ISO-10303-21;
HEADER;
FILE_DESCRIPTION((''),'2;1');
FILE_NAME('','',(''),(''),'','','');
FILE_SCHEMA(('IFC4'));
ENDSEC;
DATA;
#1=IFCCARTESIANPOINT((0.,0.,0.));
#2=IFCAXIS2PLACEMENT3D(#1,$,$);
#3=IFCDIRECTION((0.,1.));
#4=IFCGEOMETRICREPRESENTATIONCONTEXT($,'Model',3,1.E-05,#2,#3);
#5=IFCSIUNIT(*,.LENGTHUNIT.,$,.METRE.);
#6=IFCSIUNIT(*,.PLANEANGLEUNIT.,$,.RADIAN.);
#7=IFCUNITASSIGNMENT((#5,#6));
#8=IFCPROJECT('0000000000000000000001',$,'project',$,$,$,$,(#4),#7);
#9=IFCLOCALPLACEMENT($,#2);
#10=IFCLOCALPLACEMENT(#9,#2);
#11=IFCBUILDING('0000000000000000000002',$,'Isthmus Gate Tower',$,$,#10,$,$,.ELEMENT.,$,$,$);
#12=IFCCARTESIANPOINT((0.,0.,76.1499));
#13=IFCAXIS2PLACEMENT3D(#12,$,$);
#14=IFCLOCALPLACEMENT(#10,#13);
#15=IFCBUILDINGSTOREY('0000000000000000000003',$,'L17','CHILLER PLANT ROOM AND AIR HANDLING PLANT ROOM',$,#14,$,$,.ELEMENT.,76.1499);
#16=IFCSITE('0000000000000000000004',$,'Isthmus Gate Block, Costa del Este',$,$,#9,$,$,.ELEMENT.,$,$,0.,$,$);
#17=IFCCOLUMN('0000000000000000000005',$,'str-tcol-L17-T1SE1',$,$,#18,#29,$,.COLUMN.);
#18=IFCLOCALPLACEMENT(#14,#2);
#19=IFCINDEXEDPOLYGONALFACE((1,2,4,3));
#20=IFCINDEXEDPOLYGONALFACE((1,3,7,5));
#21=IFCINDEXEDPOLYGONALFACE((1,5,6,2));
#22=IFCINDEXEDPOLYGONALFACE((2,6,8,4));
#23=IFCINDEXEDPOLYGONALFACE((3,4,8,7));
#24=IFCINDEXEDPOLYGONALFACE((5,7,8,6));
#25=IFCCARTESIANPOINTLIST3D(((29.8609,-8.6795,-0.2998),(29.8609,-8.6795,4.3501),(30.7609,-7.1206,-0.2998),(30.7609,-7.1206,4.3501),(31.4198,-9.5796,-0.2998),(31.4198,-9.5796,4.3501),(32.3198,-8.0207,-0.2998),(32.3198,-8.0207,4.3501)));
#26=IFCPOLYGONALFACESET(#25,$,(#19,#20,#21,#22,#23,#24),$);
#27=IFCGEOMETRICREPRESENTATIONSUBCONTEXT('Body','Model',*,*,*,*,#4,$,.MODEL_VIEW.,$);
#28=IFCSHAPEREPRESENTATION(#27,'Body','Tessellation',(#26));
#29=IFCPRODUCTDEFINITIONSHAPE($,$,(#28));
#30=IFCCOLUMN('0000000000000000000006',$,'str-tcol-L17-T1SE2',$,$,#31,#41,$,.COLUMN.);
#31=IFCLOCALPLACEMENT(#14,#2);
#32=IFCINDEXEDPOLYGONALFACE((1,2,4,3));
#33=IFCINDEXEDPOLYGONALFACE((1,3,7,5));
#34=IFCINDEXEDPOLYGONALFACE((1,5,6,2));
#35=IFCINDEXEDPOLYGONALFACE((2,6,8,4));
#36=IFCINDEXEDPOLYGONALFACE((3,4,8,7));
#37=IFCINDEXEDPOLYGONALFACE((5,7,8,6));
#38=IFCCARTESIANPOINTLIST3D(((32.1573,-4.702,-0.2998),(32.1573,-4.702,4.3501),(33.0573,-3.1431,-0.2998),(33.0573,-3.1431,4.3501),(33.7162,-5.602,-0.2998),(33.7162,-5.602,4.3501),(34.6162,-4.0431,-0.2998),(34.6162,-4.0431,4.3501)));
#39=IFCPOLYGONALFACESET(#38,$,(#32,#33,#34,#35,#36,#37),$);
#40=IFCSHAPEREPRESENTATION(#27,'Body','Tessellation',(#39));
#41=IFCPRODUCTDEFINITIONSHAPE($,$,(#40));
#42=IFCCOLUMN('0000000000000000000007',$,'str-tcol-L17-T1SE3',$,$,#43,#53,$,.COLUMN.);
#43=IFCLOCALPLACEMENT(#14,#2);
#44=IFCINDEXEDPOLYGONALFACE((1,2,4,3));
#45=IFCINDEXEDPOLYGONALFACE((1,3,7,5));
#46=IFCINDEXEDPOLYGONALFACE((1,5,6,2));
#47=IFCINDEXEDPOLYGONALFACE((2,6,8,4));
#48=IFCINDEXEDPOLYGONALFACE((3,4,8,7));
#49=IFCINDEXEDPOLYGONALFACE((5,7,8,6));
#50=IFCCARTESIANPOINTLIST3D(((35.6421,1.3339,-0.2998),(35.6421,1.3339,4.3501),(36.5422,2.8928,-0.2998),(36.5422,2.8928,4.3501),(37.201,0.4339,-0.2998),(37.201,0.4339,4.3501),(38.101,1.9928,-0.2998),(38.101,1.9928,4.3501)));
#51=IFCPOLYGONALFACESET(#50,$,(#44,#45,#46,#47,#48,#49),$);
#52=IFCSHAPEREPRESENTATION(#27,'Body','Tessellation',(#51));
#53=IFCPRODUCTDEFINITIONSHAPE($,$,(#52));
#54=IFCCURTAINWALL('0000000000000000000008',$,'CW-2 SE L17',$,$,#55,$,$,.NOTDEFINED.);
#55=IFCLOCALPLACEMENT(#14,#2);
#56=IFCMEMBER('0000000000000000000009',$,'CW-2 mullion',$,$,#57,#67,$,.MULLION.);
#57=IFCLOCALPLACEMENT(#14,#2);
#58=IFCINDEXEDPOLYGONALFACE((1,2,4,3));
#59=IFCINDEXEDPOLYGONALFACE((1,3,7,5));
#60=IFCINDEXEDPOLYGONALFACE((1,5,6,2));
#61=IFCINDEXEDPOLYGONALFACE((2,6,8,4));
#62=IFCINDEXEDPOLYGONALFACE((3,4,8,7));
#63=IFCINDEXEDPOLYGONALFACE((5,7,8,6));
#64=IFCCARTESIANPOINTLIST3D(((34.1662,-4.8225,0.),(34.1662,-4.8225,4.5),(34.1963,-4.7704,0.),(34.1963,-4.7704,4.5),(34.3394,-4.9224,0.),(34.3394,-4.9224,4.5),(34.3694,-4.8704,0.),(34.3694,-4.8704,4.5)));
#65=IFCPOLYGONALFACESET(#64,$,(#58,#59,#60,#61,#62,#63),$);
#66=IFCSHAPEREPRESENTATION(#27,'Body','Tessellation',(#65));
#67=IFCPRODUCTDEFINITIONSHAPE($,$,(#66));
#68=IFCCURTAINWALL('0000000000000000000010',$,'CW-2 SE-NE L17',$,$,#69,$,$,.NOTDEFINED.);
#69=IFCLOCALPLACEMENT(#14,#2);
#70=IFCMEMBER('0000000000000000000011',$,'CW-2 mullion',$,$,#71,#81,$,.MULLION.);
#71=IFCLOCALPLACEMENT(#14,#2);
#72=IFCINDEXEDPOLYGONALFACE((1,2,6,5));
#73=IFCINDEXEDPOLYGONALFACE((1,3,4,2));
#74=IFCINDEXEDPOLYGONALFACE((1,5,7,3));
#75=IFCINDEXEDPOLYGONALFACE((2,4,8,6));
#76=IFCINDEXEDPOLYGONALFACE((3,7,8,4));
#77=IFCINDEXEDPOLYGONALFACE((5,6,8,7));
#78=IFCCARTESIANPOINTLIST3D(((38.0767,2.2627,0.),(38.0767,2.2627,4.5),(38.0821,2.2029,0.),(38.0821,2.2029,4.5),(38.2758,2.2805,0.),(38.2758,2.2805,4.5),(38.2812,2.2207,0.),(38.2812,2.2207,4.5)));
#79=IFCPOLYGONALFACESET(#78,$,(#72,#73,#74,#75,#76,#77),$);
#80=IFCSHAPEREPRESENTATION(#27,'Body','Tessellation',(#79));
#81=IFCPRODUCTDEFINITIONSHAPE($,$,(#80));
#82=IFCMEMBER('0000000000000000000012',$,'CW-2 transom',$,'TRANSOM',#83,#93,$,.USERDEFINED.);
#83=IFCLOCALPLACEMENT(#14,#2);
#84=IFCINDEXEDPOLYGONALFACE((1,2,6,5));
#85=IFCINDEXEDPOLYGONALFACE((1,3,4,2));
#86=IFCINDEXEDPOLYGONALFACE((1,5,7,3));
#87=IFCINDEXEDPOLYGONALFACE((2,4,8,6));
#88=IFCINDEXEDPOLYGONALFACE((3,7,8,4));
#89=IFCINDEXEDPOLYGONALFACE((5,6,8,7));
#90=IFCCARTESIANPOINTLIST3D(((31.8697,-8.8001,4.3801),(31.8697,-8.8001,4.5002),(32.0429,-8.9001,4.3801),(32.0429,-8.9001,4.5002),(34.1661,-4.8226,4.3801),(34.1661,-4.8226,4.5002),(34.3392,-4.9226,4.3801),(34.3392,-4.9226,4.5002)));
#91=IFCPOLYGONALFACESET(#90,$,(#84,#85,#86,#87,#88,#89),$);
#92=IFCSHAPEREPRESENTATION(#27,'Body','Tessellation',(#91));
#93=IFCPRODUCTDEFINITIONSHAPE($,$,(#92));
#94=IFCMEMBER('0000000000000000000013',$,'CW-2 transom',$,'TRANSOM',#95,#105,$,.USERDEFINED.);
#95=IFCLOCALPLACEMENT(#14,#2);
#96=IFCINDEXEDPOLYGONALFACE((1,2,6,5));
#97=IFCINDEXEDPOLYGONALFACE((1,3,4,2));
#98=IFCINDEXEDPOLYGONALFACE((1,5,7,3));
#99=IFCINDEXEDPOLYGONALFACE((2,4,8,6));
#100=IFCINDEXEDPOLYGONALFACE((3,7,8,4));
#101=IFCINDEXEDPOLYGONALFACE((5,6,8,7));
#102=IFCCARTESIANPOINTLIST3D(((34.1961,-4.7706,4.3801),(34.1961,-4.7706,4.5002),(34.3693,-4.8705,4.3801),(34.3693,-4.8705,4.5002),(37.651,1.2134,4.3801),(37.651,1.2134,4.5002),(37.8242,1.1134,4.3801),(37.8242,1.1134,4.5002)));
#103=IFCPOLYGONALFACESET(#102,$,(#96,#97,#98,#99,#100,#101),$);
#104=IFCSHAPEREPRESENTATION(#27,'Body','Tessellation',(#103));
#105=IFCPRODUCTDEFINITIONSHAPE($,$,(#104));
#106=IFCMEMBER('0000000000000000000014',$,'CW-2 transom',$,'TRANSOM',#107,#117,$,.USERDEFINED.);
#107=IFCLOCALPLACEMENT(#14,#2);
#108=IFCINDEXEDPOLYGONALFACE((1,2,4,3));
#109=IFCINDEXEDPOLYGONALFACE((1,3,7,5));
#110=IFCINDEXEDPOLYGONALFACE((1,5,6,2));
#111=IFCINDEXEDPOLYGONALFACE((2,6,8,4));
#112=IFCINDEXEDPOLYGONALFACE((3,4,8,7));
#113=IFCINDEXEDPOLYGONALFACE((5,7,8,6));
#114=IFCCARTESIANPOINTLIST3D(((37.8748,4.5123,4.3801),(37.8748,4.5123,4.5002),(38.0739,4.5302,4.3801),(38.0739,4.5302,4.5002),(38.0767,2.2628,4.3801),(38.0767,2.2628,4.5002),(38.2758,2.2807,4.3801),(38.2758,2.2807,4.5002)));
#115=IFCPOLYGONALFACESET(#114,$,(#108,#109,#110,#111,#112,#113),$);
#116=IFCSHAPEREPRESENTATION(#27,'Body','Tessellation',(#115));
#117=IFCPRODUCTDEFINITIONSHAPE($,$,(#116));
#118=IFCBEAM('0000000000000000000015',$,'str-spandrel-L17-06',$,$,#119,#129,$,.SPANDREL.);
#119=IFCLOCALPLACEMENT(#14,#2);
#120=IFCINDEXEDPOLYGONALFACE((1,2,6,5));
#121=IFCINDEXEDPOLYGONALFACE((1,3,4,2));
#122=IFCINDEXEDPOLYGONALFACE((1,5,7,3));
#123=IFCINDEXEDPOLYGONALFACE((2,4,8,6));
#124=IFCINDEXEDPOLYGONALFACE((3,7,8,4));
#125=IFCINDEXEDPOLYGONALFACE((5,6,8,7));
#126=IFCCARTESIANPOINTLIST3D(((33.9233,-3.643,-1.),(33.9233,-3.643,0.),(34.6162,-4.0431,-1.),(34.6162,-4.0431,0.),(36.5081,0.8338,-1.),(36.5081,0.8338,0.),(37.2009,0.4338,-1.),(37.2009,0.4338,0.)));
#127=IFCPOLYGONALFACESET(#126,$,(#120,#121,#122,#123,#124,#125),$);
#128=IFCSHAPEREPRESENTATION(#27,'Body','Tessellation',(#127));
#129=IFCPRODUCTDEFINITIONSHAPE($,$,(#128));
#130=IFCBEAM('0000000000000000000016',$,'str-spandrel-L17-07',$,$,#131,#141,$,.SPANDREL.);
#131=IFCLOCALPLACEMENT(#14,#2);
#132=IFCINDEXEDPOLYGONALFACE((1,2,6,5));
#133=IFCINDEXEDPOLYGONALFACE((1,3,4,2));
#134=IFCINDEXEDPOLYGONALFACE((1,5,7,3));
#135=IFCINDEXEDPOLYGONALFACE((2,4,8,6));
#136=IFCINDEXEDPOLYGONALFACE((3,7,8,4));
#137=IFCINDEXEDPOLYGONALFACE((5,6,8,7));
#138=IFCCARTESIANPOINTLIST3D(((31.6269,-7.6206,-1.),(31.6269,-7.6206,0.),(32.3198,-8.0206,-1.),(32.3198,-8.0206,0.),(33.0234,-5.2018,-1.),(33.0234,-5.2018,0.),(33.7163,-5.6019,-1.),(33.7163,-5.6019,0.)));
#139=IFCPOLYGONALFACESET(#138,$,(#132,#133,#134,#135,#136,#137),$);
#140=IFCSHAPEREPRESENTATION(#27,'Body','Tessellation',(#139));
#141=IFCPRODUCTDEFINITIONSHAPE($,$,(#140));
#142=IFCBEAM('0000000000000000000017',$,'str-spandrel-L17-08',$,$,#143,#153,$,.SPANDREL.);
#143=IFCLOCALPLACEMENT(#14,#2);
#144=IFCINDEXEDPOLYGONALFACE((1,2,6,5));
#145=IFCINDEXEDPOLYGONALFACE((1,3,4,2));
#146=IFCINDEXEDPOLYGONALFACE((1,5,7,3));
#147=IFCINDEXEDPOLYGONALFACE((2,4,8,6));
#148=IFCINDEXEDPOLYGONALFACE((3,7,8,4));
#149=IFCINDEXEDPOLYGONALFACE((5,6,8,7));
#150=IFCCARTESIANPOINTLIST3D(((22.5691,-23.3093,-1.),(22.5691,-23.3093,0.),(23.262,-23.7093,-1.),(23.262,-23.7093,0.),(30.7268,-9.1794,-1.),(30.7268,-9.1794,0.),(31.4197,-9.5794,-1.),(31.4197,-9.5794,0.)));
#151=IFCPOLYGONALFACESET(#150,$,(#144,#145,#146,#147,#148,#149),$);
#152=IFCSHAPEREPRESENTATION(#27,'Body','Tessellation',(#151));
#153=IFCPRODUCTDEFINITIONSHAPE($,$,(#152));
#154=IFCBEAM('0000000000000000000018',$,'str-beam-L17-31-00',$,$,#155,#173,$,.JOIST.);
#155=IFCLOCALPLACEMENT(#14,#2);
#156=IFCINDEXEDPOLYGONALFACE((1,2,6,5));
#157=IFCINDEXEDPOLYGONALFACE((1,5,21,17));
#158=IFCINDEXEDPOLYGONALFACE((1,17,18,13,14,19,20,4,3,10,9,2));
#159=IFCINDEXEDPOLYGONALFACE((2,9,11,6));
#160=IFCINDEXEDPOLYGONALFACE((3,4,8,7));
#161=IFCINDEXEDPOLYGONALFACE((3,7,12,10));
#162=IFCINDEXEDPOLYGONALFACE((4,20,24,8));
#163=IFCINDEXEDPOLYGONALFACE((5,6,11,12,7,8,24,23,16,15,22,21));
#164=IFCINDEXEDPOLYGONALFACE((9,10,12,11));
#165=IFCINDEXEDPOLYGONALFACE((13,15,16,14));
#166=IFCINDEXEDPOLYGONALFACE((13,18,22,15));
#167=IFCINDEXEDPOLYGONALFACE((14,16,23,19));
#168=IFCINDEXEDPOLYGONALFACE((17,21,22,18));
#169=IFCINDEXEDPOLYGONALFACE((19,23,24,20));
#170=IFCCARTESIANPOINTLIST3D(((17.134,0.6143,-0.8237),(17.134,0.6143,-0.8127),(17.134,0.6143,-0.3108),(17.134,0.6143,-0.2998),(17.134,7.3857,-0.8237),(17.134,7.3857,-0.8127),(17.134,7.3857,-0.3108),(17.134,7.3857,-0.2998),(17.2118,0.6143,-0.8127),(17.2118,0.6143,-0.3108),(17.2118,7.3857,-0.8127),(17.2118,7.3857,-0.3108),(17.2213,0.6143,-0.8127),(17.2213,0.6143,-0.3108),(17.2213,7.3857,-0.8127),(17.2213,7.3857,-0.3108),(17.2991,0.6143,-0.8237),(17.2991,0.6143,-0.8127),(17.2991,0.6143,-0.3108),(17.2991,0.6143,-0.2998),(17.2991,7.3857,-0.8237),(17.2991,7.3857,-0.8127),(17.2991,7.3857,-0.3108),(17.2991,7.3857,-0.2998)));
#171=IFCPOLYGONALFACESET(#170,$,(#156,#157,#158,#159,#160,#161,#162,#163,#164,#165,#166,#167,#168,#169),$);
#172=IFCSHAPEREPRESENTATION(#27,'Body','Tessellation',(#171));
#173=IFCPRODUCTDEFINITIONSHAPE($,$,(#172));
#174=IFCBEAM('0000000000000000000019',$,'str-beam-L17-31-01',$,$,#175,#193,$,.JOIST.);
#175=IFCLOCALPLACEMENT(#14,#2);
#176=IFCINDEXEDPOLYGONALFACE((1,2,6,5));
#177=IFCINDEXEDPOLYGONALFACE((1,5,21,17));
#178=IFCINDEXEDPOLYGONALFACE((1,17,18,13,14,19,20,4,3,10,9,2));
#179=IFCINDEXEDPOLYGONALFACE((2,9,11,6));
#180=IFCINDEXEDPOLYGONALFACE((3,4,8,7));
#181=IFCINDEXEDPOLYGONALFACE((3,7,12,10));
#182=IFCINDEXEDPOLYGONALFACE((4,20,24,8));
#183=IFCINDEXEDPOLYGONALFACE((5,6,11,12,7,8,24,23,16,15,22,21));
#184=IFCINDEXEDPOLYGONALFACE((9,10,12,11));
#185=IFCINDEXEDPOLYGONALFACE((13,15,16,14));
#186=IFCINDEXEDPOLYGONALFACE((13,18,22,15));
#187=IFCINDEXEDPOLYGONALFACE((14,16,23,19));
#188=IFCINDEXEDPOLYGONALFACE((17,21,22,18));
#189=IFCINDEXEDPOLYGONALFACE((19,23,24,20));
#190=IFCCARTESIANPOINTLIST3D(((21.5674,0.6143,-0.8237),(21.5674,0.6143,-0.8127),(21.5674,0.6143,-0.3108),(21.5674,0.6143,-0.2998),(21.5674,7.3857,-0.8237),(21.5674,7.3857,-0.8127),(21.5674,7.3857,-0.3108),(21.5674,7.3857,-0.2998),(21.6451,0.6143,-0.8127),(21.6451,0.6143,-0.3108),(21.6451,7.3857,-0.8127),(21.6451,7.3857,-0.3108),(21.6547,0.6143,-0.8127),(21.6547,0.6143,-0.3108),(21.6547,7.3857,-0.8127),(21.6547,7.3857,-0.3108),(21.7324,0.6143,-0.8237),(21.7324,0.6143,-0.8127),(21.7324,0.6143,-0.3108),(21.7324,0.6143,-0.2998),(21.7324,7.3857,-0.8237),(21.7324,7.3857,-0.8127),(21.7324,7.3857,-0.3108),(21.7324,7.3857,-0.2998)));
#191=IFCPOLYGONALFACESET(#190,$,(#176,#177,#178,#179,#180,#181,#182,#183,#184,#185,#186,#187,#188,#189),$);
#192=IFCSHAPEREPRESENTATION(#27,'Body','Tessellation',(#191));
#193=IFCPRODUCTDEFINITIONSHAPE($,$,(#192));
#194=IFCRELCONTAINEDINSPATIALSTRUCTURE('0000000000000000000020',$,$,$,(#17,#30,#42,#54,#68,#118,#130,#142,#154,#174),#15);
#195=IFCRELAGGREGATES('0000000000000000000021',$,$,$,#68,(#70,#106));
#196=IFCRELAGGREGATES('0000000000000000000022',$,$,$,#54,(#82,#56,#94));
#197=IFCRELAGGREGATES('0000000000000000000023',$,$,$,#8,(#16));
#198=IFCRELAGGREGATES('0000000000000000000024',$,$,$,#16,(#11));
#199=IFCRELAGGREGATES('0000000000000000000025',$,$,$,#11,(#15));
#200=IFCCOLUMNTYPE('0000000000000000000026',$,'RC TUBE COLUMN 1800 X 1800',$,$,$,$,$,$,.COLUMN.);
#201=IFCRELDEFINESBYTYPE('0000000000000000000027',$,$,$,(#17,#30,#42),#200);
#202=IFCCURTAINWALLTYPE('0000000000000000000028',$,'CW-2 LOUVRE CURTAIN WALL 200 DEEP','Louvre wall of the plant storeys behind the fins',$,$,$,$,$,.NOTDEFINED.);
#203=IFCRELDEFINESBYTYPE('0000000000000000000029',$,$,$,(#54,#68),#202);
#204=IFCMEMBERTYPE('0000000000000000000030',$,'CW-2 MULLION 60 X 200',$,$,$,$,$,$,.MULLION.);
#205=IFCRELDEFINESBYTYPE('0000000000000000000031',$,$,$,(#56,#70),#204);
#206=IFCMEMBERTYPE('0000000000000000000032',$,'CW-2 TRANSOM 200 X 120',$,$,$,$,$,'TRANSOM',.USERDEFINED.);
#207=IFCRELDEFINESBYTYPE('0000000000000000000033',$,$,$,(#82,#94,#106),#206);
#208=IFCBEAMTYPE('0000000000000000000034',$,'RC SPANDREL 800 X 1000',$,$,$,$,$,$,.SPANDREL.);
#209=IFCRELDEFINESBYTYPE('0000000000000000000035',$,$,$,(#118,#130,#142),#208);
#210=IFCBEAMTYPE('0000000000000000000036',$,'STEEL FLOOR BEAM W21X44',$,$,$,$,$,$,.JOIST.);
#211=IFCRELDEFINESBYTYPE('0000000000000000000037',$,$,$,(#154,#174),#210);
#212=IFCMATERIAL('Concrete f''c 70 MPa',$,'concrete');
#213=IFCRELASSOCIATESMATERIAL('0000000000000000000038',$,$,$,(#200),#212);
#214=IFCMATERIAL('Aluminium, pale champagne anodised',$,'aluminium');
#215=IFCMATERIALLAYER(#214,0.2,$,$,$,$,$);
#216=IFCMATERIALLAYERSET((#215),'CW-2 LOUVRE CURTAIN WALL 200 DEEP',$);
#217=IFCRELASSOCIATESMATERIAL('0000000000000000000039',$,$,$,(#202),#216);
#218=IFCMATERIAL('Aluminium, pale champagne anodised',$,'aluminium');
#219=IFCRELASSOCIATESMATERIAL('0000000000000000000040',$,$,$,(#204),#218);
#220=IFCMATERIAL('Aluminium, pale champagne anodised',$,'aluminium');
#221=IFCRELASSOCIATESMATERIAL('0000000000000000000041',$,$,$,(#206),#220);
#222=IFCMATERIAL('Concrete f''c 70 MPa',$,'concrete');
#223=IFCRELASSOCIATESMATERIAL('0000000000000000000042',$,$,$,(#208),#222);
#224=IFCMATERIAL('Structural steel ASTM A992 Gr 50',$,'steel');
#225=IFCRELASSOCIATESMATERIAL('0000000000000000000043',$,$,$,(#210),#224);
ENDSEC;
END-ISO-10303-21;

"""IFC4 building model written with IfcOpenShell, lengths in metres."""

from ifc_helpers import new_model, si_unit, direction, frame, origin, origin_2d, place, context, subcontext, project, spatial, rectangle, i_section, extrude, material, layer, layer_set, material_profile, profile_set, type_object, element, aggregate, save


model = new_model("IFC4")

# Units and contexts
model_context = context("Model", 3, precision=1e-05, world=origin(), true_north=direction((0.0, 1.0)))
body_context = subcontext(model_context, "Body", "Model", "MODEL_VIEW")
ifc_project = project(units=[si_unit("LENGTHUNIT", "METRE"), si_unit("PLANEANGLEUNIT", "RADIAN")], contexts=[model_context])

# Site, building, storey
site_placement = place(None, origin())
site = spatial("IfcSite", under=ifc_project, at=site_placement, Name="Isthmus Gate Block, Costa del Este", CompositionType="ELEMENT", RefElevation=0.0)
building_placement = place(site_placement, origin())
building = spatial("IfcBuilding", under=site, at=building_placement, Name="Isthmus Gate Tower", CompositionType="ELEMENT")
storey_placement = place(building_placement, frame((0.0, 0.0, 76.1499)))
storey = spatial("IfcBuildingStorey", under=building, at=storey_placement, Name="L17", Description="CHILLER PLANT ROOM AND AIR HANDLING PLANT ROOM", CompositionType="ELEMENT", Elevation=76.1499)

# Columns
ifc_material_1 = material(Name="Concrete f'c 70 MPa", Category="concrete")
ifc_material_profile_1 = material_profile(ifc_material_1, rectangle(XDim=1.8, YDim=1.8, at=origin_2d()), Name="RC 1800X1800")
ifc_profile_set_1 = profile_set([ifc_material_profile_1], Name="Concrete f'c 70 MPa")
column_type = type_object("IfcColumnType", Name="RC TUBE COLUMN 1800 X 1800", PredefinedType="COLUMN", material=ifc_profile_set_1)
for number, where, z_axis, x_axis, name in (
    (1, (31.0903, -8.3501, -0.2998), (0.0, 0.0, 1.0), (0.5, 0.866025, 0.0), "str-tcol-L17-T1SE1"),
    (2, (33.3867, -4.3726, -0.2998), (0.0, 0.0, 1.0), (0.5, 0.866025, 0.0), "str-tcol-L17-T1SE2"),
    (3, (36.8716, 1.6633, -0.2998), (0.0, 0.0, 1.0), (0.5, 0.866025, 0.0), "str-tcol-L17-T1SE3"),
):
    element("IfcColumn", number, at=place(storey_placement, frame(where, z_axis=z_axis, x_axis=x_axis)), inside=storey, type_object=column_type, Name=name, PredefinedType="COLUMN", context=body_context, shape_type="SweptSolid", body=[
        extrude(rectangle(XDim=1.8, YDim=1.8, at=origin_2d()), origin(), (0.0, 0.0, 1.0), 4.6499),
    ])

# Curtain walls, members
ifc_material_2 = material(Name="Aluminium, pale champagne anodised", Category="aluminium")
ifc_layer_1 = layer(ifc_material_2, 0.2)
ifc_layer_set_1 = layer_set([ifc_layer_1], Name="CW-2 LOUVRE CURTAIN WALL 200 DEEP")
curtain_wall_type = type_object("IfcCurtainWallType", Name="CW-2 LOUVRE CURTAIN WALL 200 DEEP", Description="Louvre wall of the plant storeys behind the fins", PredefinedType="NOTDEFINED", material=ifc_layer_set_1)
curtain_wall_1_placement = place(storey_placement, origin())
curtain_wall_1 = element("IfcCurtainWall", 4, at=curtain_wall_1_placement, inside=storey, type_object=curtain_wall_type, Name="CW-2 SE L17", PredefinedType="NOTDEFINED")
ifc_material_3 = material(Name="Aluminium, pale champagne anodised", Category="aluminium")
ifc_material_profile_2 = material_profile(ifc_material_3, rectangle(XDim=0.0601, YDim=0.2, at=origin_2d()), Name="60x200")
ifc_profile_set_2 = profile_set([ifc_material_profile_2], Name="Aluminium, pale champagne anodised")
member_type_1 = type_object("IfcMemberType", Name="CW-2 MULLION 60 X 200", PredefinedType="MULLION", material=ifc_profile_set_2)
member_1_placement = place(storey_placement, frame((34.2678, -4.8464, 0.0), z_axis=(0.0, 0.0, 1.0), x_axis=(0.5, 0.866025, 0.0)))
member_1 = element("IfcMember", 5, at=member_1_placement, type_object=member_type_1, Name="CW-2 mullion", PredefinedType="MULLION", context=body_context, shape_type="SweptSolid", body=[
    extrude(rectangle(XDim=0.0601, YDim=0.2, at=origin_2d()), origin(), (0.0, 0.0, 1.0), 4.5),
])
curtain_wall_2_placement = place(storey_placement, origin())
curtain_wall_2 = element("IfcCurtainWall", 6, at=curtain_wall_2_placement, inside=storey, type_object=curtain_wall_type, Name="CW-2 SE-NE L17", PredefinedType="NOTDEFINED")
member_2_placement = place(storey_placement, frame((38.179, 2.2417, 0.0), z_axis=(0.0, 0.0, 1.0), x_axis=(-0.089397, 0.995996, 0.0)))
member_2 = element("IfcMember", 7, at=member_2_placement, type_object=member_type_1, Name="CW-2 mullion", PredefinedType="MULLION", context=body_context, shape_type="SweptSolid", body=[
    extrude(rectangle(XDim=0.0601, YDim=0.2, at=origin_2d()), origin(), (0.0, 0.0, 1.0), 4.5),
])

# Members
ifc_material_4 = material(Name="Aluminium, pale champagne anodised", Category="aluminium")
ifc_material_profile_3 = material_profile(ifc_material_4, rectangle(XDim=0.2, YDim=0.1201, at=origin_2d()), Name="200x120")
ifc_profile_set_3 = profile_set([ifc_material_profile_3], Name="Aluminium, pale champagne anodised")
member_type_2 = type_object("IfcMemberType", Name="CW-2 TRANSOM 200 X 120", ElementType="TRANSOM", PredefinedType="USERDEFINED", material=ifc_profile_set_3)
member_3_placement = place(storey_placement, frame((31.9563, -8.8501, 4.4402), z_axis=(0.499992, 0.86603, 0.0), x_axis=(-0.86603, 0.499992, 0.0)))
member_3 = element("IfcMember", 8, at=member_3_placement, type_object=member_type_2, Name="CW-2 transom", ObjectType="TRANSOM", PredefinedType="USERDEFINED", context=body_context, shape_type="SweptSolid", body=[
    extrude(rectangle(XDim=0.2, YDim=0.1201, at=origin_2d()), origin(), (0.0, 0.0, 1.0), 4.5928),
])
member_4_placement = place(storey_placement, frame((34.2827, -4.8206, 4.4402), z_axis=(0.500004, 0.866023, 0.0), x_axis=(-0.866023, 0.500004, 0.0)))
member_4 = element("IfcMember", 9, at=member_4_placement, type_object=member_type_2, Name="CW-2 transom", ObjectType="TRANSOM", PredefinedType="USERDEFINED", context=body_context, shape_type="SweptSolid", body=[
    extrude(rectangle(XDim=0.2, YDim=0.1201, at=origin_2d()), origin(), (0.0, 0.0, 1.0), 6.9097),
])
member_5_placement = place(storey_placement, frame((38.1763, 2.2717, 4.4402), z_axis=(-0.089395, 0.995996, 0.0), x_axis=(-0.995996, -0.089395, 0.0)))
member_5 = element("IfcMember", 10, at=member_5_placement, type_object=member_type_2, Name="CW-2 transom", ObjectType="TRANSOM", PredefinedType="USERDEFINED", context=body_context, shape_type="SweptSolid", body=[
    extrude(rectangle(XDim=0.2, YDim=0.1201, at=origin_2d()), origin(), (0.0, 0.0, 1.0), 2.2585),
])
aggregate(curtain_wall_2, [member_2, member_5])

# Beams
ifc_material_5 = material(Name="Concrete f'c 70 MPa", Category="concrete")
ifc_material_profile_4 = material_profile(ifc_material_5, rectangle(XDim=0.8, YDim=1.0, at=origin_2d()), Name="RC 800X1000")
ifc_profile_set_4 = profile_set([ifc_material_profile_4], Name="Concrete f'c 70 MPa")
beam_type_1 = type_object("IfcBeamType", Name="RC SPANDREL 800 X 1000", PredefinedType="SPANDREL", material=ifc_profile_set_4)
beam_1_placement = place(storey_placement, frame((36.8545, 0.6338, -0.5), z_axis=(-0.500005, -0.866023, 0.0), x_axis=(0.866023, -0.500005, 0.0)))
element("IfcBeam", 11, at=beam_1_placement, inside=storey, type_object=beam_type_1, Name="str-spandrel-L17-06", PredefinedType="SPANDREL", context=body_context, shape_type="SweptSolid", body=[
    extrude(rectangle(XDim=0.8, YDim=1.0, at=origin_2d()), origin(), (0.0, 0.0, 1.0), 5.1694),
])
beam_2_placement = place(storey_placement, frame((33.3699, -5.4019, -0.5), z_axis=(-0.500013, -0.866018, 0.0), x_axis=(0.866018, -0.500013, 0.0)))
element("IfcBeam", 12, at=beam_2_placement, inside=storey, type_object=beam_type_1, Name="str-spandrel-L17-07", PredefinedType="SPANDREL", context=body_context, shape_type="SweptSolid", body=[
    extrude(rectangle(XDim=0.8, YDim=1.0, at=origin_2d()), origin(), (0.0, 0.0, 1.0), 2.793),
])
beam_3_placement = place(storey_placement, frame((31.0732, -9.3794, -0.5), z_axis=(-0.499992, -0.86603, 0.0), x_axis=(0.86603, -0.499992, 0.0)))
element("IfcBeam", 13, at=beam_3_placement, inside=storey, type_object=beam_type_1, Name="str-spandrel-L17-08", PredefinedType="SPANDREL", context=body_context, shape_type="SweptSolid", body=[
    extrude(rectangle(XDim=0.8, YDim=1.0, at=origin_2d()), origin(), (0.0, 0.0, 1.0), 16.3157),
])
ifc_material_6 = material(Name="Structural steel ASTM A992 Gr 50", Category="steel")
ifc_material_profile_5 = material_profile(ifc_material_6, i_section(OverallWidth=0.165, OverallDepth=0.5239, WebThickness=0.0095, FlangeThickness=0.011, at=origin_2d()), Name="W21X44")
ifc_profile_set_5 = profile_set([ifc_material_profile_5], Name="Structural steel ASTM A992 Gr 50")
beam_type_2 = type_object("IfcBeamType", Name="STEEL FLOOR BEAM W21X44", PredefinedType="JOIST", material=ifc_profile_set_5)
for number, where, z_axis, x_axis, name in (
    (14, (17.2166, 0.6143, -0.5618), (0.0, 1.0, 0.0), (-1.0, 0.0, 0.0), "str-beam-L17-31-00"),
    (15, (21.6499, 0.6143, -0.5618), (0.0, 1.0, 0.0), (-1.0, 0.0, 0.0), "str-beam-L17-31-01"),
):
    element("IfcBeam", number, at=place(storey_placement, frame(where, z_axis=z_axis, x_axis=x_axis)), inside=storey, type_object=beam_type_2, Name=name, PredefinedType="JOIST", context=body_context, shape_type="SweptSolid", body=[
        extrude(i_section(OverallWidth=0.165, OverallDepth=0.5239, WebThickness=0.0095, FlangeThickness=0.011, at=origin_2d()), origin(), (0.0, 0.0, 1.0), 6.7715),
    ])

aggregate(curtain_wall_1, [member_3, member_1, member_4])

save(model, "model.ifc")
